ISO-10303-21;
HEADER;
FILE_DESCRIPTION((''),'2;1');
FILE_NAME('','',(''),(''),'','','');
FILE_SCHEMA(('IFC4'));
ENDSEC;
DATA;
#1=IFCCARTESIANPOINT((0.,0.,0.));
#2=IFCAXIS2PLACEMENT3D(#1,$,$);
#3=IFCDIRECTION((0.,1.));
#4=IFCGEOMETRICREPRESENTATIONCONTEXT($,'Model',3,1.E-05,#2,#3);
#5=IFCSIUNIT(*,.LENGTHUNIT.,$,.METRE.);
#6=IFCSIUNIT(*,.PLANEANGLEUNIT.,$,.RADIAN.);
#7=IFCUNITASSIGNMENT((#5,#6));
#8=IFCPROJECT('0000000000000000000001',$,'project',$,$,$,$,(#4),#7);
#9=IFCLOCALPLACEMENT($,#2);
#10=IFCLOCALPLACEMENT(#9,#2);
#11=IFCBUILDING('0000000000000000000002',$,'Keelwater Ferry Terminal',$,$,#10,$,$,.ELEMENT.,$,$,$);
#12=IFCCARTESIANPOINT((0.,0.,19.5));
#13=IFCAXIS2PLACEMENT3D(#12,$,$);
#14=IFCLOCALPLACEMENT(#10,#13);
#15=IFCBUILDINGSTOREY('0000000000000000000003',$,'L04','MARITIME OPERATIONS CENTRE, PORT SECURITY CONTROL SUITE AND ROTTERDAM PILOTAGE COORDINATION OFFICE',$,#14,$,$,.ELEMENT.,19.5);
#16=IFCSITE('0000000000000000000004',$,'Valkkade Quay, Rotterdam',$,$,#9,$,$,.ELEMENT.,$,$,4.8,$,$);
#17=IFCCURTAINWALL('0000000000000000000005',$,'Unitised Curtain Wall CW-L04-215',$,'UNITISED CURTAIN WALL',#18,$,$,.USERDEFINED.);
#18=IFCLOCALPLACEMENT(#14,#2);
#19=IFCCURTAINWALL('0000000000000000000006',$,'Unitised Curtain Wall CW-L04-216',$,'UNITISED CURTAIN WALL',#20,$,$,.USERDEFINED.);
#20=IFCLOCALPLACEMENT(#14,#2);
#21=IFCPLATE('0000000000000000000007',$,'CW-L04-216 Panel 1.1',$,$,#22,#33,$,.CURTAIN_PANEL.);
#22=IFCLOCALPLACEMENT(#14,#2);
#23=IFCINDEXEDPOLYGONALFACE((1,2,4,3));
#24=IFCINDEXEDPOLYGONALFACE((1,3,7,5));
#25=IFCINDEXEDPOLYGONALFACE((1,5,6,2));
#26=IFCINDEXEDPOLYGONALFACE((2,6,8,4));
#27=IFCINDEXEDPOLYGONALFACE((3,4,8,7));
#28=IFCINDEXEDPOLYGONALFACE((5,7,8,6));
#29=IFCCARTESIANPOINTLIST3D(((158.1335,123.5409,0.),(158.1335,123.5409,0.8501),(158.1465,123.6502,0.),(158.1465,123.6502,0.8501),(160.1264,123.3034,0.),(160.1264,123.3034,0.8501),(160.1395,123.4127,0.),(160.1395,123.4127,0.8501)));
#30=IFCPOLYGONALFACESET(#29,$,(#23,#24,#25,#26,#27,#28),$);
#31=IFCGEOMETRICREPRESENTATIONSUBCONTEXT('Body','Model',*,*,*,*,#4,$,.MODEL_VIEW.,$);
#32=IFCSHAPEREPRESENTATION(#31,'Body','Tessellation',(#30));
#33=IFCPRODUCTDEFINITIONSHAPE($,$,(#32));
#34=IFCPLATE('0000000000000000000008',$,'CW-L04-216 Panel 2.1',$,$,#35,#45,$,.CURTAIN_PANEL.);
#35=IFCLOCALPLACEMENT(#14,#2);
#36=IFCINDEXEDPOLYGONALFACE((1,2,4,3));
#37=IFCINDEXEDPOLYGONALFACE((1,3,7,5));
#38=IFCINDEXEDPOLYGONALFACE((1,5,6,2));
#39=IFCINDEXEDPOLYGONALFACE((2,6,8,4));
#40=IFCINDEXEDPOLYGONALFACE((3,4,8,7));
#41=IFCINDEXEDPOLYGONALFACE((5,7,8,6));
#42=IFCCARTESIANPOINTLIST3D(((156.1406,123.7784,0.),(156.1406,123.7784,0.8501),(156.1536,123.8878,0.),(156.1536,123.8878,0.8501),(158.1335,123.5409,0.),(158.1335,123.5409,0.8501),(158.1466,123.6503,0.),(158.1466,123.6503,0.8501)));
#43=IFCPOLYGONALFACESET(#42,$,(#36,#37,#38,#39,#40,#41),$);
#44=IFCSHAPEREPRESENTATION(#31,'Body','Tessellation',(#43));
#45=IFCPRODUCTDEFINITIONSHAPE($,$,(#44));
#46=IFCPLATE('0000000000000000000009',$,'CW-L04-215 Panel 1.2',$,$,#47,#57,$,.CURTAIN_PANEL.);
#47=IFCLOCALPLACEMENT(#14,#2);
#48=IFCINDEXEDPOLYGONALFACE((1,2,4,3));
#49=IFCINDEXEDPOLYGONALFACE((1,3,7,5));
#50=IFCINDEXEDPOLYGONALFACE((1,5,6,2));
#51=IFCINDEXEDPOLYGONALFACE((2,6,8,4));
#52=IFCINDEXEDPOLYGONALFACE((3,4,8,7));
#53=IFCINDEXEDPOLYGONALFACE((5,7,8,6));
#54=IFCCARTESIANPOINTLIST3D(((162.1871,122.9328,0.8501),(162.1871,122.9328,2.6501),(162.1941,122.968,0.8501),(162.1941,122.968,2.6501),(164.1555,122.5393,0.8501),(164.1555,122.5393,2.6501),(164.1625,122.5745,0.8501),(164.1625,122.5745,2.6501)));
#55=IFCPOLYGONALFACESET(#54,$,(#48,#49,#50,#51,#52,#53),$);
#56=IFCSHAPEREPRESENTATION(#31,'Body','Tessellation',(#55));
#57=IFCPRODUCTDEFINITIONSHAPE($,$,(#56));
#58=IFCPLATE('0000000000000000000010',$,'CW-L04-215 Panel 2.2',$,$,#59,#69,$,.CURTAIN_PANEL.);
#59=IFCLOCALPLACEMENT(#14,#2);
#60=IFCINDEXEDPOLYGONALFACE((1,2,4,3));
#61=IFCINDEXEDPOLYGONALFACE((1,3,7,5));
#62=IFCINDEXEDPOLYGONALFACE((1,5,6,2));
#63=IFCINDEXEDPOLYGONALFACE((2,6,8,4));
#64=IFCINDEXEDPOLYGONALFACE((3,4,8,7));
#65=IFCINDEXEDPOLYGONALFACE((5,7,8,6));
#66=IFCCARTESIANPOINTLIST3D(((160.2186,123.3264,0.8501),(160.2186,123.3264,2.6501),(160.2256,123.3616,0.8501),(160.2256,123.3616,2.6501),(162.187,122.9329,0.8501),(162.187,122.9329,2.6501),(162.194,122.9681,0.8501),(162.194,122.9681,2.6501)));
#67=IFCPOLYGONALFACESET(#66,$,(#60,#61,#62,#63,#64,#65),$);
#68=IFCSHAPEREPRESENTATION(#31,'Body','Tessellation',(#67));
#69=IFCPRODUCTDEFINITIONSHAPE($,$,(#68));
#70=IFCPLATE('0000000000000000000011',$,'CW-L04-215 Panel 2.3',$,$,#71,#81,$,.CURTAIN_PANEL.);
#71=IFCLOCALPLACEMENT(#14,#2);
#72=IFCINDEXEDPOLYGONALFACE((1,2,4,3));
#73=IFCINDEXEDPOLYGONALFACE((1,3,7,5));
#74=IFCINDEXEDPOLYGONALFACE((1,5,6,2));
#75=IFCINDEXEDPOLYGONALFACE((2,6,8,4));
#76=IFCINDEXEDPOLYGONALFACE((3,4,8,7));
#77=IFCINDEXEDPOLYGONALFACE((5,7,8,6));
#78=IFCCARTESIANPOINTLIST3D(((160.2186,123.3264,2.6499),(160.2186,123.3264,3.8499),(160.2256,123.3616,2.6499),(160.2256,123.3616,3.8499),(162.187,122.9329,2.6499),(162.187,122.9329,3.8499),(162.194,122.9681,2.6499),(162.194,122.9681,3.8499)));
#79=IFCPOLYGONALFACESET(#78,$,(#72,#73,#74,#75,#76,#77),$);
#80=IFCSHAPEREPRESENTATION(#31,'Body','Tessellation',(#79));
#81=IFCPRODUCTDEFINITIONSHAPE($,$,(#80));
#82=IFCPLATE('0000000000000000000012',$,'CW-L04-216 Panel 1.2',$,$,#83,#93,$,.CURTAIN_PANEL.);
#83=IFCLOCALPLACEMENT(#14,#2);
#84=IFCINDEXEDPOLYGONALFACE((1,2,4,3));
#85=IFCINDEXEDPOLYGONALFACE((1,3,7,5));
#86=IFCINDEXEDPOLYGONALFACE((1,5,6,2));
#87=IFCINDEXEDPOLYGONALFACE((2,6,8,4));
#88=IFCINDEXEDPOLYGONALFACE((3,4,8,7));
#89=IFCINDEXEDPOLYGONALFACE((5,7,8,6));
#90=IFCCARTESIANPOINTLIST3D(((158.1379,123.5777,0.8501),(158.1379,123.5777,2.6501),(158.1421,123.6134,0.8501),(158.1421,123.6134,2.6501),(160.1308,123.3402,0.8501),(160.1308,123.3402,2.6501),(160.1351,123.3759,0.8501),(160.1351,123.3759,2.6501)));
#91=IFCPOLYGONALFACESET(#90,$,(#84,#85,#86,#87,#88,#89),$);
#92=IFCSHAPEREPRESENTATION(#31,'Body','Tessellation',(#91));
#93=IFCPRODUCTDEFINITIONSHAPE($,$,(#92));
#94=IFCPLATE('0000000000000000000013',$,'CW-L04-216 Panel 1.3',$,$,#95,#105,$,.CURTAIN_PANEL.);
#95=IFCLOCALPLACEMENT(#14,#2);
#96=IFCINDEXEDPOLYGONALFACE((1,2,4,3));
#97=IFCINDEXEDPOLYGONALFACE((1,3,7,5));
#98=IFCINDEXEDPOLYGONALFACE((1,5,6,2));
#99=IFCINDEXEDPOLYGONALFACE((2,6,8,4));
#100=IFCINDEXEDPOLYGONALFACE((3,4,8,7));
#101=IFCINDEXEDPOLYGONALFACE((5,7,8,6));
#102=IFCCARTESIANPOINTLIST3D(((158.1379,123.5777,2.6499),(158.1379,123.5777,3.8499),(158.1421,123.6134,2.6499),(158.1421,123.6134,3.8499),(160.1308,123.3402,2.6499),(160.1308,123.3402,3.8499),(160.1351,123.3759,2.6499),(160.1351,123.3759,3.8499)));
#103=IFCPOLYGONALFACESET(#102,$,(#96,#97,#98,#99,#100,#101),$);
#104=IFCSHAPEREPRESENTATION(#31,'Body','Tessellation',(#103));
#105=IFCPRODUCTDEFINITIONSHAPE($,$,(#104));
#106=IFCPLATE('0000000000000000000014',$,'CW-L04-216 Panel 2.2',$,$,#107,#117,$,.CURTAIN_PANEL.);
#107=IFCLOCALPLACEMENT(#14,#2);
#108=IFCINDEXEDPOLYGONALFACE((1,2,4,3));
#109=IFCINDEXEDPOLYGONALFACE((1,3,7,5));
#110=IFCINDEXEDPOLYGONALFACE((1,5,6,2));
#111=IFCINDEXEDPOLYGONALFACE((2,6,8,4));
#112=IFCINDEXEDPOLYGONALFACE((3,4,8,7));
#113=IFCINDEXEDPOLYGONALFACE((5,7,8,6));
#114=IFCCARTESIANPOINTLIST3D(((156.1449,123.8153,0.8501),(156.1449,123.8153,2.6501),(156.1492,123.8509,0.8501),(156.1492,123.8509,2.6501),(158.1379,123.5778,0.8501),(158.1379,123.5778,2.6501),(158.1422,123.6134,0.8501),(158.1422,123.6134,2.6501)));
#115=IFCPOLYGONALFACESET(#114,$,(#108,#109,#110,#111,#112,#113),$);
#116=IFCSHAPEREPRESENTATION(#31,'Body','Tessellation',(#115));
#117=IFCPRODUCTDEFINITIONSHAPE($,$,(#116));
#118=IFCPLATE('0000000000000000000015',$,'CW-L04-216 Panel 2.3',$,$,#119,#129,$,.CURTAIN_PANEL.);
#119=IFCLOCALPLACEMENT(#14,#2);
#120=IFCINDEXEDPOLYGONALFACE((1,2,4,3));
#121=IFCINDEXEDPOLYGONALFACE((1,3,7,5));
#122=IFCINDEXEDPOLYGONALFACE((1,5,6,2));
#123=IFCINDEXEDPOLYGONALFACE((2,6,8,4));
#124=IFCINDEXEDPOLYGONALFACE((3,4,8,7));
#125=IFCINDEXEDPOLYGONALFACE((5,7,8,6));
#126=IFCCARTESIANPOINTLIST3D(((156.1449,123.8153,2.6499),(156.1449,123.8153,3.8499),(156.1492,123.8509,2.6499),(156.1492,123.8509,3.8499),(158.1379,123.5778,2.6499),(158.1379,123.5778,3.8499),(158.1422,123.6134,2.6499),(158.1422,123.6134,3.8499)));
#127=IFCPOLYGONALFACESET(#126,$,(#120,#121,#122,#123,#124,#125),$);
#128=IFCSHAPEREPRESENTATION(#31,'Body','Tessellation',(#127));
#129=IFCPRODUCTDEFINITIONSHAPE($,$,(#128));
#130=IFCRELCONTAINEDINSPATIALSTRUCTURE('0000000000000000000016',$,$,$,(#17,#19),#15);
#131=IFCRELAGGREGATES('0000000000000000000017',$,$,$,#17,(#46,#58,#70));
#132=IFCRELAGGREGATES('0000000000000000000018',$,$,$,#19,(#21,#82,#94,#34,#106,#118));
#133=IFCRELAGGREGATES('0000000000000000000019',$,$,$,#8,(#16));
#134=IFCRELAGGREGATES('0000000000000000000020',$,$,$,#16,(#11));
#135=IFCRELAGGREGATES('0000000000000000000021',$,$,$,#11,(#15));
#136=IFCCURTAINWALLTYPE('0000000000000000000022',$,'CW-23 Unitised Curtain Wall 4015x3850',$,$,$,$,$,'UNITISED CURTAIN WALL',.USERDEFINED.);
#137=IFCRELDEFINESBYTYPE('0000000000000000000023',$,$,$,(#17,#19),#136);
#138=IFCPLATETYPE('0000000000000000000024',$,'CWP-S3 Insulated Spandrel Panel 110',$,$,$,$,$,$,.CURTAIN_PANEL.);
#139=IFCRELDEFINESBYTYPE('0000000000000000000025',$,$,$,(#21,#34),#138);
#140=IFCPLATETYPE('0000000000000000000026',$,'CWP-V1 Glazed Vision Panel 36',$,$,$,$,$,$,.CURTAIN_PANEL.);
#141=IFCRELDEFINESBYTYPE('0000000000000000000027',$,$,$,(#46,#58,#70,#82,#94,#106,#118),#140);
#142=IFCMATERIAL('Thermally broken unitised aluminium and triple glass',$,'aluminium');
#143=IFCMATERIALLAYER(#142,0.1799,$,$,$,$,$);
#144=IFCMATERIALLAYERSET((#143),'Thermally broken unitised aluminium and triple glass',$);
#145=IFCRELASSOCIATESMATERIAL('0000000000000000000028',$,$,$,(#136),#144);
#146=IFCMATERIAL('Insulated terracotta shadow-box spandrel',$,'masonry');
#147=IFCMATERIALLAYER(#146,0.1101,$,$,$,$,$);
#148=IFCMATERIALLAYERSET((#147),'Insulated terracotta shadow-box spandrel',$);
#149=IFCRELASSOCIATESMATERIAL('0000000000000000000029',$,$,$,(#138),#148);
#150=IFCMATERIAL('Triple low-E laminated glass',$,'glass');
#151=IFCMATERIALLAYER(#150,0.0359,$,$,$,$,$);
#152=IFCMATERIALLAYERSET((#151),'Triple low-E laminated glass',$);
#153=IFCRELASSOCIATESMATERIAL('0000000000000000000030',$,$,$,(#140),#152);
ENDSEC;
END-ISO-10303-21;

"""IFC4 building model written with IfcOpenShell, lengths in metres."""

from ifc_helpers import new_model, si_unit, direction, frame, origin, origin_2d, place, context, subcontext, project, spatial, rectangle, extrude, material, layer, layer_set, type_object, element, aggregate, save


model = new_model("IFC4")

# Units and contexts
model_context = context("Model", 3, precision=1e-05, world=origin(), true_north=direction((0.0, 1.0)))
body_context = subcontext(model_context, "Body", "Model", "MODEL_VIEW")
ifc_project = project(units=[si_unit("LENGTHUNIT", "METRE"), si_unit("PLANEANGLEUNIT", "RADIAN")], contexts=[model_context])

# Site, building, storey
site_placement = place(None, origin())
site = spatial("IfcSite", under=ifc_project, at=site_placement, Name="Valkkade Quay, Rotterdam", CompositionType="ELEMENT", RefElevation=4.8)
building_placement = place(site_placement, origin())
building = spatial("IfcBuilding", under=site, at=building_placement, Name="Keelwater Ferry Terminal", CompositionType="ELEMENT")
storey_placement = place(building_placement, frame((0.0, 0.0, 19.5)))
storey = spatial("IfcBuildingStorey", under=building, at=storey_placement, Name="L04", Description="MARITIME OPERATIONS CENTRE, PORT SECURITY CONTROL SUITE AND ROTTERDAM PILOTAGE COORDINATION OFFICE", CompositionType="ELEMENT", Elevation=19.5)

# Curtain walls
ifc_material_1 = material(Name="Thermally broken unitised aluminium and triple glass", Category="aluminium")
ifc_layer_1 = layer(ifc_material_1, 0.1799)
ifc_layer_set_1 = layer_set([ifc_layer_1], Name="Thermally broken unitised aluminium and triple glass")
curtain_wall_type = type_object("IfcCurtainWallType", Name="CW-23 Unitised Curtain Wall 4015x3850", ElementType="UNITISED CURTAIN WALL", PredefinedType="USERDEFINED", material=ifc_layer_set_1)
curtain_wall_1_placement = place(storey_placement, origin())
curtain_wall_1 = element("IfcCurtainWall", 1, at=curtain_wall_1_placement, inside=storey, type_object=curtain_wall_type, Name="Unitised Curtain Wall CW-L04-215", ObjectType="UNITISED CURTAIN WALL", PredefinedType="USERDEFINED")
curtain_wall_2_placement = place(storey_placement, origin())
curtain_wall_2 = element("IfcCurtainWall", 2, at=curtain_wall_2_placement, inside=storey, type_object=curtain_wall_type, Name="Unitised Curtain Wall CW-L04-216", ObjectType="UNITISED CURTAIN WALL", PredefinedType="USERDEFINED")

# Plates
ifc_material_2 = material(Name="Insulated terracotta shadow-box spandrel", Category="masonry")
ifc_layer_2 = layer(ifc_material_2, 0.1101)
ifc_layer_set_2 = layer_set([ifc_layer_2], Name="Insulated terracotta shadow-box spandrel")
plate_type_1 = type_object("IfcPlateType", Name="CWP-S3 Insulated Spandrel Panel 110", PredefinedType="CURTAIN_PANEL", material=ifc_layer_set_2)
plate_1_placement = place(storey_placement, frame((159.1365, 123.4768, 0.0), z_axis=(0.0, 0.0, 1.0), x_axis=(-0.992974, 0.11833, 0.0)))
plate_1 = element("IfcPlate", 3, at=plate_1_placement, type_object=plate_type_1, Name="CW-L04-216 Panel 1.1", PredefinedType="CURTAIN_PANEL", context=body_context, shape_type="SweptSolid", body=[
    extrude(rectangle(XDim=2.0071, YDim=0.1101, at=origin_2d()), origin(), (0.0, 0.0, 1.0), 0.8501),
])
plate_2_placement = place(storey_placement, frame((157.1436, 123.7144, 0.0), z_axis=(0.0, 0.0, 1.0), x_axis=(-0.992974, 0.11833, 0.0)))
plate_2 = element("IfcPlate", 4, at=plate_2_placement, type_object=plate_type_1, Name="CW-L04-216 Panel 2.1", PredefinedType="CURTAIN_PANEL", context=body_context, shape_type="SweptSolid", body=[
    extrude(rectangle(XDim=2.0071, YDim=0.1101, at=origin_2d()), origin(), (0.0, 0.0, 1.0), 0.8501),
])
ifc_material_3 = material(Name="Triple low-E laminated glass", Category="glass")
ifc_layer_3 = layer(ifc_material_3, 0.0359)
ifc_layer_set_3 = layer_set([ifc_layer_3], Name="Triple low-E laminated glass")
plate_type_2 = type_object("IfcPlateType", Name="CWP-V1 Glazed Vision Panel 36", PredefinedType="CURTAIN_PANEL", material=ifc_layer_set_3)
plate_3_placement = place(storey_placement, frame((163.1748, 122.7537, 0.8501), z_axis=(0.0, 0.0, 1.0), x_axis=(-0.9806, 0.19602, 0.0)))
plate_3 = element("IfcPlate", 5, at=plate_3_placement, type_object=plate_type_2, Name="CW-L04-215 Panel 1.2", PredefinedType="CURTAIN_PANEL", context=body_context, shape_type="SweptSolid", body=[
    extrude(rectangle(XDim=2.0073, YDim=0.0359, at=origin_2d()), origin(), (0.0, 0.0, 1.0), 1.8),
])
plate_4_placement = place(storey_placement, frame((161.2063, 123.1472, 0.8501), z_axis=(0.0, 0.0, 1.0), x_axis=(-0.9806, 0.19602, 0.0)))
plate_4 = element("IfcPlate", 6, at=plate_4_placement, type_object=plate_type_2, Name="CW-L04-215 Panel 2.2", PredefinedType="CURTAIN_PANEL", context=body_context, shape_type="SweptSolid", body=[
    extrude(rectangle(XDim=2.0073, YDim=0.0359, at=origin_2d()), origin(), (0.0, 0.0, 1.0), 1.8),
])
plate_5_placement = place(storey_placement, frame((161.2063, 123.1472, 2.6499), z_axis=(0.0, 0.0, 1.0), x_axis=(-0.9806, 0.19602, 0.0)))
plate_5 = element("IfcPlate", 7, at=plate_5_placement, type_object=plate_type_2, Name="CW-L04-215 Panel 2.3", PredefinedType="CURTAIN_PANEL", context=body_context, shape_type="SweptSolid", body=[
    extrude(rectangle(XDim=2.0073, YDim=0.0359, at=origin_2d()), origin(), (0.0, 0.0, 1.0), 1.2),
])
aggregate(curtain_wall_1, [plate_3, plate_4, plate_5])
plate_6_placement = place(storey_placement, frame((159.1365, 123.4768, 0.8501), z_axis=(0.0, 0.0, 1.0), x_axis=(-0.992974, 0.11833, 0.0)))
plate_6 = element("IfcPlate", 8, at=plate_6_placement, type_object=plate_type_2, Name="CW-L04-216 Panel 1.2", PredefinedType="CURTAIN_PANEL", context=body_context, shape_type="SweptSolid", body=[
    extrude(rectangle(XDim=2.0071, YDim=0.0359, at=origin_2d()), origin(), (0.0, 0.0, 1.0), 1.8),
])
plate_7_placement = place(storey_placement, frame((159.1365, 123.4768, 2.6499), z_axis=(0.0, 0.0, 1.0), x_axis=(-0.992974, 0.11833, 0.0)))
plate_7 = element("IfcPlate", 9, at=plate_7_placement, type_object=plate_type_2, Name="CW-L04-216 Panel 1.3", PredefinedType="CURTAIN_PANEL", context=body_context, shape_type="SweptSolid", body=[
    extrude(rectangle(XDim=2.0071, YDim=0.0359, at=origin_2d()), origin(), (0.0, 0.0, 1.0), 1.2),
])
plate_8_placement = place(storey_placement, frame((157.1436, 123.7144, 0.8501), z_axis=(0.0, 0.0, 1.0), x_axis=(-0.992974, 0.11833, 0.0)))
plate_8 = element("IfcPlate", 10, at=plate_8_placement, type_object=plate_type_2, Name="CW-L04-216 Panel 2.2", PredefinedType="CURTAIN_PANEL", context=body_context, shape_type="SweptSolid", body=[
    extrude(rectangle(XDim=2.0071, YDim=0.0359, at=origin_2d()), origin(), (0.0, 0.0, 1.0), 1.8),
])
plate_9_placement = place(storey_placement, frame((157.1436, 123.7144, 2.6499), z_axis=(0.0, 0.0, 1.0), x_axis=(-0.992974, 0.11833, 0.0)))
plate_9 = element("IfcPlate", 11, at=plate_9_placement, type_object=plate_type_2, Name="CW-L04-216 Panel 2.3", PredefinedType="CURTAIN_PANEL", context=body_context, shape_type="SweptSolid", body=[
    extrude(rectangle(XDim=2.0071, YDim=0.0359, at=origin_2d()), origin(), (0.0, 0.0, 1.0), 1.2),
])
aggregate(curtain_wall_2, [plate_1, plate_6, plate_7, plate_2, plate_8, plate_9])

save(model, "model.ifc")
